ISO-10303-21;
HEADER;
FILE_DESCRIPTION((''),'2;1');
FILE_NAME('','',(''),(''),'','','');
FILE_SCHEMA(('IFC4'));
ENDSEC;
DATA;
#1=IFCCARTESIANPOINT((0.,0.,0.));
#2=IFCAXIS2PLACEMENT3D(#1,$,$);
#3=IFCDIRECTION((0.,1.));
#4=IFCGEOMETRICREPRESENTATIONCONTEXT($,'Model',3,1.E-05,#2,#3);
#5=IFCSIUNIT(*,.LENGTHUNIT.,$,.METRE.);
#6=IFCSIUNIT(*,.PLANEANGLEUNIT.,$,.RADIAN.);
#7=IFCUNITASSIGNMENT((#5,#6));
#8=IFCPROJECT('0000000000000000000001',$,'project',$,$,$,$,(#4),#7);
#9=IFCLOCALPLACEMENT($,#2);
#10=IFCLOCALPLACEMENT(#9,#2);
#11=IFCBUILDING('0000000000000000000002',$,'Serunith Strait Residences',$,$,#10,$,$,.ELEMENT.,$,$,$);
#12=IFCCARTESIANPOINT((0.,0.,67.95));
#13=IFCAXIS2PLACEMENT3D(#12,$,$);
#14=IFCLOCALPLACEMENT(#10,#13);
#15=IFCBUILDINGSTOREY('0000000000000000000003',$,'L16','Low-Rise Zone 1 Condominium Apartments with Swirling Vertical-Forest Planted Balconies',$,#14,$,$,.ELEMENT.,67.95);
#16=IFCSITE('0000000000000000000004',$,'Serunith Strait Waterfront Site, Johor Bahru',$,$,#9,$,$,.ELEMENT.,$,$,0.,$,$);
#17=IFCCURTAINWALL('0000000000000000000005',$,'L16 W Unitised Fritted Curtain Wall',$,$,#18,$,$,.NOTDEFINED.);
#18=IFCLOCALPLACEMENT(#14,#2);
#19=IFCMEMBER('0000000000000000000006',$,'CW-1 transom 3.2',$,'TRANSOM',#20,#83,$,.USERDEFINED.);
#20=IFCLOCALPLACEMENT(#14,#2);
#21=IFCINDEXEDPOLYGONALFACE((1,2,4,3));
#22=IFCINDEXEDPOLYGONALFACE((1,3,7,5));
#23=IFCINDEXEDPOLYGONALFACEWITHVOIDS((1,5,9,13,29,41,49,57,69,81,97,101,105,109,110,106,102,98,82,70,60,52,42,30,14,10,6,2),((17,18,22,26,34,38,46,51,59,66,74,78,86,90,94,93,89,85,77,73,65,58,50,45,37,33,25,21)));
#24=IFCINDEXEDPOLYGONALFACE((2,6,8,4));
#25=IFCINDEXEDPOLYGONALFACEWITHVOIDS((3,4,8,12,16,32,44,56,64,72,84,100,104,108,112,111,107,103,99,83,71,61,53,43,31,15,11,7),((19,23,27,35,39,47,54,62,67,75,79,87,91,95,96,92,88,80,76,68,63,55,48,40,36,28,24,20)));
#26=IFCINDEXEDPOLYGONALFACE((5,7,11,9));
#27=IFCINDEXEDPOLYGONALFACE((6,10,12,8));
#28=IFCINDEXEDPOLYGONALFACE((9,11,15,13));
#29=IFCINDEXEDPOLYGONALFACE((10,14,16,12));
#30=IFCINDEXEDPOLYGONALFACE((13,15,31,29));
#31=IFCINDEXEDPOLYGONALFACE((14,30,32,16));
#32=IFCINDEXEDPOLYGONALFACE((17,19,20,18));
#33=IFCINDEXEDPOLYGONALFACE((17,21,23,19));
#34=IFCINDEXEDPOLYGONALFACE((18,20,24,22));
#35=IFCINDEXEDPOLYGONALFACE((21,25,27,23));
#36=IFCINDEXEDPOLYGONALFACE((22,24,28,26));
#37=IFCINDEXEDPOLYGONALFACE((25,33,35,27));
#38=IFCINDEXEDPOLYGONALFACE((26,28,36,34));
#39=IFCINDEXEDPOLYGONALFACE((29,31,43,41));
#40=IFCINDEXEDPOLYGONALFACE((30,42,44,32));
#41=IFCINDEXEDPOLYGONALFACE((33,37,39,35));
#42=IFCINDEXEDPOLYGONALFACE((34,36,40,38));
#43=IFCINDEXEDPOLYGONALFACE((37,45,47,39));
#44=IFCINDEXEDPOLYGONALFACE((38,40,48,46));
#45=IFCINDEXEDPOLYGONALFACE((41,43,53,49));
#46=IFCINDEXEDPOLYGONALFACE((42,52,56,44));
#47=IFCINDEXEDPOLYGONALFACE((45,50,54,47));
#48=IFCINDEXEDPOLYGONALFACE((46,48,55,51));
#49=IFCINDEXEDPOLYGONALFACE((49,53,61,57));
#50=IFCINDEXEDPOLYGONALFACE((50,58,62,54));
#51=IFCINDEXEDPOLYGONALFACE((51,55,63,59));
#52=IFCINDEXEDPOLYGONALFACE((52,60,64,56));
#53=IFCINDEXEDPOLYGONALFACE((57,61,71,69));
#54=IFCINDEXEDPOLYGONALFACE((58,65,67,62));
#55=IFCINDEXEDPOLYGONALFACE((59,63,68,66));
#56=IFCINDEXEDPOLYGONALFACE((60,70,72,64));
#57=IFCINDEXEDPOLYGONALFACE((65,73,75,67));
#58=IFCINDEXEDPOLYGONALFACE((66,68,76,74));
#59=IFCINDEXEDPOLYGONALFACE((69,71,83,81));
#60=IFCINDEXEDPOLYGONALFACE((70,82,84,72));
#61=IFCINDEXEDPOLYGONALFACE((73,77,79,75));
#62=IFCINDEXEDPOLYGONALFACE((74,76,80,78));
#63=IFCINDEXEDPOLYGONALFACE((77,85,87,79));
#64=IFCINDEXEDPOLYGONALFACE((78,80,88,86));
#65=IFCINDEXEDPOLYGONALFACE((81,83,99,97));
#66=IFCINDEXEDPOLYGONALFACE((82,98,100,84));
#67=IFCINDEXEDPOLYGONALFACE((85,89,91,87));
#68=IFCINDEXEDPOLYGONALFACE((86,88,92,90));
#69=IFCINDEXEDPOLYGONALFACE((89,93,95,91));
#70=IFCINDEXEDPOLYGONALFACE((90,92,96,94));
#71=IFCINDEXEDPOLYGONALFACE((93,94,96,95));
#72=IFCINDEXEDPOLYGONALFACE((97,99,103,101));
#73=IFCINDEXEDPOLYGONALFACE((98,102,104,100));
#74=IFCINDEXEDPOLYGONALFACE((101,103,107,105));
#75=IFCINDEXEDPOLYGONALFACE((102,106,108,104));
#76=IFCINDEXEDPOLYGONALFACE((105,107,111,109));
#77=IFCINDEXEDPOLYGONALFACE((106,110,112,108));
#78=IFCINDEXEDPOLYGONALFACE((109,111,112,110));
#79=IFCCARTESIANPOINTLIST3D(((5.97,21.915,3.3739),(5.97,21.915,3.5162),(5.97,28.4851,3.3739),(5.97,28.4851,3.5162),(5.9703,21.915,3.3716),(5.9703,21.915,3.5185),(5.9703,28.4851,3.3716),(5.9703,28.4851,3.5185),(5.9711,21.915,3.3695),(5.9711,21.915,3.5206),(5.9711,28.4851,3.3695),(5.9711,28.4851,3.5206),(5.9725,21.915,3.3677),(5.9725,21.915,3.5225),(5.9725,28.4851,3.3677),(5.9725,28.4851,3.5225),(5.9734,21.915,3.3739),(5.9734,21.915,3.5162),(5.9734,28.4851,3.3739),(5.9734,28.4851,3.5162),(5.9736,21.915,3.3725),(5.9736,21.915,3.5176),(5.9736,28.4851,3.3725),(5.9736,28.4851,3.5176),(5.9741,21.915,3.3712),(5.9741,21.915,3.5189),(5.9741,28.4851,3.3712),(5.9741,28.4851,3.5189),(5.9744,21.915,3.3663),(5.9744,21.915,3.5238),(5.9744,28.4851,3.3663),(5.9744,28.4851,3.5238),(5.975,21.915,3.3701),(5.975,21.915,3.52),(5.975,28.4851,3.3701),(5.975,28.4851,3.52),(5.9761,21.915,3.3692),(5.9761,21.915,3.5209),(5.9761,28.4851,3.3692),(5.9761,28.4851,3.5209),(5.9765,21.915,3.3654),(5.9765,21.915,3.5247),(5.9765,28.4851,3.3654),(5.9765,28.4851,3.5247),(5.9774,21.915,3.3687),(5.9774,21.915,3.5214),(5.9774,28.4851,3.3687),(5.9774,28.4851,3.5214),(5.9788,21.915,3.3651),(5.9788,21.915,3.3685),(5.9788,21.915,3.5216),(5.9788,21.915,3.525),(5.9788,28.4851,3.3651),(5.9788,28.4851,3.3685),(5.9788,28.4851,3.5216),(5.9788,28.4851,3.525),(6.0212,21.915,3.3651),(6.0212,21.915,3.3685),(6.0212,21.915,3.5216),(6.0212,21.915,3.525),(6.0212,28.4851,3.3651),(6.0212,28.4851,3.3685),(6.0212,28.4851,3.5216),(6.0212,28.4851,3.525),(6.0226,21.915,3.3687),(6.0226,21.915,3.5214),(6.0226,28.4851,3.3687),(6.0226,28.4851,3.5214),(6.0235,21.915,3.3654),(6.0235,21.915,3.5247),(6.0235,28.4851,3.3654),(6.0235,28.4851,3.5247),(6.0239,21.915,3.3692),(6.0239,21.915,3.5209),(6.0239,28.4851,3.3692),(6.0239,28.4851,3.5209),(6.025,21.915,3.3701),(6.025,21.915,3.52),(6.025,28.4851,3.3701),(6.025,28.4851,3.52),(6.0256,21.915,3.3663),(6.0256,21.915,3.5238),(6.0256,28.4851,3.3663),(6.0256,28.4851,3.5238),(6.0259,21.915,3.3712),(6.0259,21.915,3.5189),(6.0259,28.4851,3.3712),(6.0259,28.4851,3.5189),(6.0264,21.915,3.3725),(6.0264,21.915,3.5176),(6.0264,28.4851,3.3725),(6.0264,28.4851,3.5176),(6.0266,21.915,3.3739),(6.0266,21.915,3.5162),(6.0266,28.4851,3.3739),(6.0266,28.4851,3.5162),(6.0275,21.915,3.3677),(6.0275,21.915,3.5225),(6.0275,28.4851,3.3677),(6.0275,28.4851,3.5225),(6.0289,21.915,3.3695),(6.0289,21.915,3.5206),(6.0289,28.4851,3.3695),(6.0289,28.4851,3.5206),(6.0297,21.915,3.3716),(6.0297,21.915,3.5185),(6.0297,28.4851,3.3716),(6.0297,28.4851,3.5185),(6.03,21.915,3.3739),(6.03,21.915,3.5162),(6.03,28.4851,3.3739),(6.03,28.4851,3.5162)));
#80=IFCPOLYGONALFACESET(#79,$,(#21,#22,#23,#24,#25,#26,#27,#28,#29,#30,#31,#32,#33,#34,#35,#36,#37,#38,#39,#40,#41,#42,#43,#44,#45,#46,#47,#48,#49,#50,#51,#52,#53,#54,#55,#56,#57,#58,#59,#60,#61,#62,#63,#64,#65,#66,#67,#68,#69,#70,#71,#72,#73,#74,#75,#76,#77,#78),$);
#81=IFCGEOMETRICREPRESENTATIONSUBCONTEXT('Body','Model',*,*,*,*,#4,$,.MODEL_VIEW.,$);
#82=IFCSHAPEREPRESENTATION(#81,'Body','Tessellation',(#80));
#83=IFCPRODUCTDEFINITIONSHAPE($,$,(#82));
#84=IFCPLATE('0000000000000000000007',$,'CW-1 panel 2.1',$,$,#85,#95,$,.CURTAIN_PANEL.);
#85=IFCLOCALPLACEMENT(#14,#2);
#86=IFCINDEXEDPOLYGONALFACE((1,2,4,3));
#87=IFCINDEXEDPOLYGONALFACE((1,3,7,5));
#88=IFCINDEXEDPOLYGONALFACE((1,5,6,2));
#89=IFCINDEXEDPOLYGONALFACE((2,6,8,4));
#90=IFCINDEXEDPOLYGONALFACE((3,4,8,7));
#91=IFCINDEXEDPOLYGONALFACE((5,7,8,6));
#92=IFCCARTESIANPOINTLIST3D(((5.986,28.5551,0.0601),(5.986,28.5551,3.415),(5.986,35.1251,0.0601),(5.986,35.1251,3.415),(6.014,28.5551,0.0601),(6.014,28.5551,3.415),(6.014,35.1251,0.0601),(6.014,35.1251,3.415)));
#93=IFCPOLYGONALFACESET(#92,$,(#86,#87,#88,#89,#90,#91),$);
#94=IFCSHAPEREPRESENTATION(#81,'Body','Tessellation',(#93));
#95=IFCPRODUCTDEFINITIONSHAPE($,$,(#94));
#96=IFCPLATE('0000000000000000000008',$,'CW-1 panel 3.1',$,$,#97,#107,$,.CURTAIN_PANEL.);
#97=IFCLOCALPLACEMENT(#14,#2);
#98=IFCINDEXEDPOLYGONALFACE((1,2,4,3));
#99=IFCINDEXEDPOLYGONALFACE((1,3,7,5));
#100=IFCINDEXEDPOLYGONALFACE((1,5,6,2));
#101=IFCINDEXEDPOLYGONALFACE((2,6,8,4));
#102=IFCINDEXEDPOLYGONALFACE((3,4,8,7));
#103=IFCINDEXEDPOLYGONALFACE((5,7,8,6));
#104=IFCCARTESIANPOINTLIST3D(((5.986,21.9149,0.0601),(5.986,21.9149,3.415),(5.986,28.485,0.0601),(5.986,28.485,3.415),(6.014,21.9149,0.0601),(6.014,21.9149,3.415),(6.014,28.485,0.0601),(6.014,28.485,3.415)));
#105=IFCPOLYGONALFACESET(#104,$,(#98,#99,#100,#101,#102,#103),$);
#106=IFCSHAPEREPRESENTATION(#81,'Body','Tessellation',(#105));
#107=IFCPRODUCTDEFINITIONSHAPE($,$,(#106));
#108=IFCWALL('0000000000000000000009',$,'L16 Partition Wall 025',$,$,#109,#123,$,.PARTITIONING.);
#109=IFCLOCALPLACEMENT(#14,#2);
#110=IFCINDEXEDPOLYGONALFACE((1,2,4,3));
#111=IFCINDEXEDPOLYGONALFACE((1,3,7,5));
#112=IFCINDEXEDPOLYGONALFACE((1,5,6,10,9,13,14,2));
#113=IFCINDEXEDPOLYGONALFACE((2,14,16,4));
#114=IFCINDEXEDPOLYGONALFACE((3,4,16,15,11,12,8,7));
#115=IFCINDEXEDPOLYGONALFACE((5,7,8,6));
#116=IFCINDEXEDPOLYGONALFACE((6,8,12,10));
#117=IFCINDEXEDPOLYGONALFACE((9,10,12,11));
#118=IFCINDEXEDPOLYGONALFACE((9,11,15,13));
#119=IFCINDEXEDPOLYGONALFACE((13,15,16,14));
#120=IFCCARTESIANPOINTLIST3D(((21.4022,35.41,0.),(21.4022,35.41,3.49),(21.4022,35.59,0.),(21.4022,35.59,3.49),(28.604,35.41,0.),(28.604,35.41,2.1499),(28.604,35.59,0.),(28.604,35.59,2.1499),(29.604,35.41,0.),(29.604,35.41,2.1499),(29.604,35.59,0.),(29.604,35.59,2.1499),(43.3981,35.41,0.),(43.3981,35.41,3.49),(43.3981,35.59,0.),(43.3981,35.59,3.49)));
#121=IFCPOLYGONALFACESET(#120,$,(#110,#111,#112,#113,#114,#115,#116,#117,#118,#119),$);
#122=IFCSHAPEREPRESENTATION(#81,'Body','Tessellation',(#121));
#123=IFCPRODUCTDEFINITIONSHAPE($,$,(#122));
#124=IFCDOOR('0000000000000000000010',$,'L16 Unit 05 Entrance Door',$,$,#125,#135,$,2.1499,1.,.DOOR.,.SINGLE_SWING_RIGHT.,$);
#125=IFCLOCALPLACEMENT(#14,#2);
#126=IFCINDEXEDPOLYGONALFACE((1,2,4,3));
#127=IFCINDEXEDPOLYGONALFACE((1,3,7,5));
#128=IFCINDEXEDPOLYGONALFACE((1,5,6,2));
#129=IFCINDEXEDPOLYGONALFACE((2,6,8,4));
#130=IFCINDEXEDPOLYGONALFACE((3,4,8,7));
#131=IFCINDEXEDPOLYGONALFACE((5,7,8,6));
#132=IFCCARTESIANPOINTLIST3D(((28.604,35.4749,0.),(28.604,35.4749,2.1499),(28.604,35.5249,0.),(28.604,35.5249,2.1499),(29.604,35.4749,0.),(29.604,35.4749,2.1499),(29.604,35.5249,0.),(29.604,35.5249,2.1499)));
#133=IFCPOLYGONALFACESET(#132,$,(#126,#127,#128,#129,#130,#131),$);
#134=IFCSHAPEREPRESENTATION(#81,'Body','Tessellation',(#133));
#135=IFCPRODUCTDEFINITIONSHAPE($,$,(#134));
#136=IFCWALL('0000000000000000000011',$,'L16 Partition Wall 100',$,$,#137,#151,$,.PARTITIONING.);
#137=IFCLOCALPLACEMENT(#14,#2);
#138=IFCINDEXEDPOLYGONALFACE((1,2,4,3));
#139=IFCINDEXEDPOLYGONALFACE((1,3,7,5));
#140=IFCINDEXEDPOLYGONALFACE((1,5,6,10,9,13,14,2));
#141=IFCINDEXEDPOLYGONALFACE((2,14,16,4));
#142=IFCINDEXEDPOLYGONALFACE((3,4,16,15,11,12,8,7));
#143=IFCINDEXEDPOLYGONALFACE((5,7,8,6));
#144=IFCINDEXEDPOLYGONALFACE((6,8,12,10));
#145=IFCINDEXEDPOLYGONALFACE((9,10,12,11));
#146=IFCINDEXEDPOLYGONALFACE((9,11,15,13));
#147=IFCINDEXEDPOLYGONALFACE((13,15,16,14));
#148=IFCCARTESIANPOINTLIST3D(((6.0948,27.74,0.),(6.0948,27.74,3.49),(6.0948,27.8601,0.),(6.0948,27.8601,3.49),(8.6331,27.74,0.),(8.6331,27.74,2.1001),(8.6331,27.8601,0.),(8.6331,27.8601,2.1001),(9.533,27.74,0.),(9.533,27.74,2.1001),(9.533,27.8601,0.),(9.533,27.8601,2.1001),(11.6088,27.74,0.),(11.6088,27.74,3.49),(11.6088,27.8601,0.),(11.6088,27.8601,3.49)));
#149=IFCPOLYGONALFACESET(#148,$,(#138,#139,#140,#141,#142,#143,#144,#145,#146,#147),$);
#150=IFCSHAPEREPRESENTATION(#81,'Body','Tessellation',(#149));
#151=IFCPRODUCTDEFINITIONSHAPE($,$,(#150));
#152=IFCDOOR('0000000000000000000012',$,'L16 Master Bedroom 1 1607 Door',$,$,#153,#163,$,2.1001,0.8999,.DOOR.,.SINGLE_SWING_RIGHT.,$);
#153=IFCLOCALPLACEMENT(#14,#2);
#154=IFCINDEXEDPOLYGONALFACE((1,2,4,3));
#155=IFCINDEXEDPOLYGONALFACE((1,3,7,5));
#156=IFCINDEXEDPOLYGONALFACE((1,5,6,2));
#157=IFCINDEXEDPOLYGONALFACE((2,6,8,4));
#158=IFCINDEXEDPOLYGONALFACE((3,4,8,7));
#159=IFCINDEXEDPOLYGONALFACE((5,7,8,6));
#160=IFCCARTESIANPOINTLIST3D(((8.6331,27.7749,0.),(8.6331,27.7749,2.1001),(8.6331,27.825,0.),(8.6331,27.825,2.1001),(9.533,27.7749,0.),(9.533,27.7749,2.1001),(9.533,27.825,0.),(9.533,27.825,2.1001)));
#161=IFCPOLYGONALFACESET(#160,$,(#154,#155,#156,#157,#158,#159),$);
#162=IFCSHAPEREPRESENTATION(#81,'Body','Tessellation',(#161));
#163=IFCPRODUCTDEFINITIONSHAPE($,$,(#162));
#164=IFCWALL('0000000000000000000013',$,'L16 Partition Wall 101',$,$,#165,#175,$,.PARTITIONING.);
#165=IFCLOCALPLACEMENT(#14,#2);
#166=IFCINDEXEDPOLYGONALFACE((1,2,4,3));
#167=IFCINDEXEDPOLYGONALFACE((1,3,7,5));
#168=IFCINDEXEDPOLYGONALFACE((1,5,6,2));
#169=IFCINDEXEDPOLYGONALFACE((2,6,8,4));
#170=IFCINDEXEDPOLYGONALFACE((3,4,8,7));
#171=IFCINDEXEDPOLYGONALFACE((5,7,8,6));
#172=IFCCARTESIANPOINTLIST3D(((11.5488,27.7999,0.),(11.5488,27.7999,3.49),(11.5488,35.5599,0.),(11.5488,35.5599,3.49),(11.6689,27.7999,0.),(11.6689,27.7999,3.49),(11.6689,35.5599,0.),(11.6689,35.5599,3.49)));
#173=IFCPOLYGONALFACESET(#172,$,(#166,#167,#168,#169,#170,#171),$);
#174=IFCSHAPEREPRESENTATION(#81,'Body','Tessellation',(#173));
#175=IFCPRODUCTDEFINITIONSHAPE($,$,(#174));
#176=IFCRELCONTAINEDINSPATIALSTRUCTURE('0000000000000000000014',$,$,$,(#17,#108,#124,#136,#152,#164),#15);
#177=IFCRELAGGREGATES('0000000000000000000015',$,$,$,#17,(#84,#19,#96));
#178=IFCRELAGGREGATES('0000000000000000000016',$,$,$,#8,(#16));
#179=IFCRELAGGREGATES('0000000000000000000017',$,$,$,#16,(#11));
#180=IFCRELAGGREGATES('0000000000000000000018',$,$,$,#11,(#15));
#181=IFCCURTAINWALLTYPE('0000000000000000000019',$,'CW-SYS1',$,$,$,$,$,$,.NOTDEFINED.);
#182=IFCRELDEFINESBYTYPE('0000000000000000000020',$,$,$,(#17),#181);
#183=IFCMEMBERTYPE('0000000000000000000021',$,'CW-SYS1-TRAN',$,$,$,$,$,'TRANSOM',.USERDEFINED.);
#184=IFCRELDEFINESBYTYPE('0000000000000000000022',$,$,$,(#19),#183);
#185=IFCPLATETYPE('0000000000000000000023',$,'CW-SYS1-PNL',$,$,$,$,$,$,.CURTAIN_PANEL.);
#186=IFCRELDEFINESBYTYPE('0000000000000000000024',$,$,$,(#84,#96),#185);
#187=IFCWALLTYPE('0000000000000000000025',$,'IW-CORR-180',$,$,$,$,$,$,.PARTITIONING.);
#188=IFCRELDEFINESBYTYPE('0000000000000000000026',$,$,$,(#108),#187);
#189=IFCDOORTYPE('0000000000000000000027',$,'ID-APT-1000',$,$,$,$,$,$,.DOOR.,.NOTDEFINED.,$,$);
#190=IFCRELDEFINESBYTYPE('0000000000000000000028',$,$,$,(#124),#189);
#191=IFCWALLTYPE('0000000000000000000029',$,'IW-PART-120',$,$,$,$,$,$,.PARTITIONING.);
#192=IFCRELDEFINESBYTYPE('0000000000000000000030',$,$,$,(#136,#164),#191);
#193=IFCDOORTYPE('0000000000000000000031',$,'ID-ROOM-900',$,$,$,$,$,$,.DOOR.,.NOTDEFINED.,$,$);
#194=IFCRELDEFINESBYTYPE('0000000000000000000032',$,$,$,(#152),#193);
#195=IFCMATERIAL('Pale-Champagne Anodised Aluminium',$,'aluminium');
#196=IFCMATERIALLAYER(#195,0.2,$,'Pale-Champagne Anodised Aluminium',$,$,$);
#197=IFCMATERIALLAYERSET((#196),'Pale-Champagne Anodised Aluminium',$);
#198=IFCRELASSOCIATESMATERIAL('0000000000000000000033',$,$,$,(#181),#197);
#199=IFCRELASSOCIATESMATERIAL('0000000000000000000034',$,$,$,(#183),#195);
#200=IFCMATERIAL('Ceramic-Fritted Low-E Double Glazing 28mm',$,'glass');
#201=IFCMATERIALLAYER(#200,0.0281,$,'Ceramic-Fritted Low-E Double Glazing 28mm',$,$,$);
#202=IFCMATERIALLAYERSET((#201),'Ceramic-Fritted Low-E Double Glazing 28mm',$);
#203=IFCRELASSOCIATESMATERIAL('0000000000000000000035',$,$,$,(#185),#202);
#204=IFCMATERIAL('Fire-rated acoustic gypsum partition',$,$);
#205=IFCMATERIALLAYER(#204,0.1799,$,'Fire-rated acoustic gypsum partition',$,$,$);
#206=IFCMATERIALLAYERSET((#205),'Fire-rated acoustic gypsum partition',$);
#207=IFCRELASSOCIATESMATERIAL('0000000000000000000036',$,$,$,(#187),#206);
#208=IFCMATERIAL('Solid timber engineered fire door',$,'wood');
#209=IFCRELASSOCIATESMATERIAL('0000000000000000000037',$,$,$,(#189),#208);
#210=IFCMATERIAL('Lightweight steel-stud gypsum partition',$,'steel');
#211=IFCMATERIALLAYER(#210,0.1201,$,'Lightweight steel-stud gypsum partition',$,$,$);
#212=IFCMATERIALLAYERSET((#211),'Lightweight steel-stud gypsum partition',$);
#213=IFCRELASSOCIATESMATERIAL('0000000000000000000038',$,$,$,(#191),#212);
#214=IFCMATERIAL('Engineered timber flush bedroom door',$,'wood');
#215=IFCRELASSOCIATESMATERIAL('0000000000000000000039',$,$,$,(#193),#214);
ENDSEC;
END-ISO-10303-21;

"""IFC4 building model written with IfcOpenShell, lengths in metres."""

from ifc_helpers import new_model, si_unit, direction, frame, frame_2d, origin, origin_2d, place, context, subcontext, project, spatial, rectangle, hollow_rectangle, extrude, source, transform, mapped, material, layer, layer_set, material_profile, profile_set, type_object, element, fill, aggregate, save


model = new_model("IFC4")

# Units and contexts
model_context = context("Model", 3, precision=1e-05, world=origin(), true_north=direction((0.0, 1.0)))
body_context = subcontext(model_context, "Body", "Model", "MODEL_VIEW")
ifc_project = project(units=[si_unit("LENGTHUNIT", "METRE"), si_unit("PLANEANGLEUNIT", "RADIAN")], contexts=[model_context])

# Site, building, storey
site_placement = place(None, origin())
site = spatial("IfcSite", under=ifc_project, at=site_placement, Name="Serunith Strait Waterfront Site, Johor Bahru", CompositionType="ELEMENT", RefElevation=0.0)
building_placement = place(site_placement, origin())
building = spatial("IfcBuilding", under=site, at=building_placement, Name="Serunith Strait Residences", CompositionType="ELEMENT")
storey_placement = place(building_placement, frame((0.0, 0.0, 67.95)))
storey = spatial("IfcBuildingStorey", under=building, at=storey_placement, Name="L16", Description="Low-Rise Zone 1 Condominium Apartments with Swirling Vertical-Forest Planted Balconies", CompositionType="ELEMENT", Elevation=67.95)

# Curtain wall, member, plates
ifc_material_1 = material(Name="Pale-Champagne Anodised Aluminium", Category="aluminium")
ifc_layer_1 = layer(ifc_material_1, 0.2, Name="Pale-Champagne Anodised Aluminium")
ifc_layer_set_1 = layer_set([ifc_layer_1], Name="Pale-Champagne Anodised Aluminium")
curtain_wall_type = type_object("IfcCurtainWallType", Name="CW-SYS1", PredefinedType="NOTDEFINED", material=ifc_layer_set_1)
curtain_wall_placement = place(storey_placement, origin())
curtain_wall = element("IfcCurtainWall", 1, at=curtain_wall_placement, inside=storey, type_object=curtain_wall_type, Name="L16 W Unitised Fritted Curtain Wall", PredefinedType="NOTDEFINED")
ifc_material_profile_1 = material_profile(ifc_material_1, hollow_rectangle(XDim=0.0601, YDim=0.1599, WallThickness=0.0034, InnerFilletRadius=0.0054, OuterFilletRadius=0.0088, at=origin_2d()), Name="ALU 160x60x3.5")
ifc_profile_set_1 = profile_set([ifc_material_profile_1], Name="Pale-Champagne Anodised Aluminium")
member_type_1 = type_object("IfcMemberType", Name="CW-SYS1-TRAN", ElementType="TRANSOM", PredefinedType="USERDEFINED", material=ifc_profile_set_1)
shared_shape_1 = source(origin(), body_context, "Body", "SweptSolid", [
    extrude(hollow_rectangle(XDim=0.0601, YDim=0.1599, WallThickness=0.0034, InnerFilletRadius=0.0054, OuterFilletRadius=0.0088, at=origin_2d()), origin(), (0.0, 0.0, 1.0), 6.5701),
])
member_1_placement = place(storey_placement, frame((6.0, 28.4851, 3.4451), z_axis=(0.0, -1.0, 0.0), x_axis=(1.0, 0.0, 0.0)))
member_1 = element("IfcMember", 2, at=member_1_placement, type_object=member_type_1, Name="CW-1 transom 3.2", ObjectType="TRANSOM", PredefinedType="USERDEFINED", context=body_context, shape_type="MappedRepresentation", body=[
    mapped(shared_shape_1, transform((0.0, 0.0, 0.0), scale=1.0)),
])
ifc_material_2 = material(Name="Ceramic-Fritted Low-E Double Glazing 28mm", Category="glass")
ifc_layer_2 = layer(ifc_material_2, 0.0281, Name="Ceramic-Fritted Low-E Double Glazing 28mm")
ifc_layer_set_2 = layer_set([ifc_layer_2], Name="Ceramic-Fritted Low-E Double Glazing 28mm")
plate_type = type_object("IfcPlateType", Name="CW-SYS1-PNL", PredefinedType="CURTAIN_PANEL", material=ifc_layer_set_2)
shared_shape_2 = source(origin(), body_context, "Body", "SweptSolid", [
    extrude(rectangle(XDim=6.5701, YDim=0.0281, at=origin_2d()), origin(), (0.0, 0.0, 1.0), 3.355),
])
plate_1_placement = place(storey_placement, frame((6.0, 31.8401, 0.0601), z_axis=(0.0, 0.0, 1.0), x_axis=(0.0, -1.0, 0.0)))
plate_1 = element("IfcPlate", 3, at=plate_1_placement, type_object=plate_type, Name="CW-1 panel 2.1", PredefinedType="CURTAIN_PANEL", context=body_context, shape_type="MappedRepresentation", body=[
    mapped(shared_shape_2, transform((0.0, 0.0, 0.0), scale=1.0)),
])
plate_2_placement = place(storey_placement, frame((6.0, 25.2, 0.0601), z_axis=(0.0, 0.0, 1.0), x_axis=(0.0, -1.0, 0.0)))
plate_2 = element("IfcPlate", 4, at=plate_2_placement, type_object=plate_type, Name="CW-1 panel 3.1", PredefinedType="CURTAIN_PANEL", context=body_context, shape_type="MappedRepresentation", body=[
    mapped(shared_shape_2, transform((0.0, 0.0, 0.0), scale=1.0)),
])
aggregate(curtain_wall, [plate_1, member_1, plate_2])

# Walls, openings, doors
ifc_material_3 = material(Name="Fire-rated acoustic gypsum partition")
ifc_layer_3 = layer(ifc_material_3, 0.1799, Name="Fire-rated acoustic gypsum partition")
ifc_layer_set_3 = layer_set([ifc_layer_3], Name="Fire-rated acoustic gypsum partition")
wall_type_1 = type_object("IfcWallType", Name="IW-CORR-180", PredefinedType="PARTITIONING", material=ifc_layer_set_3)
wall_1_placement = place(storey_placement, frame((21.4021, 35.5, 0.0), z_axis=(0.0, 0.0, 1.0), x_axis=(1.0, 0.0, 0.0)))
wall_1 = element("IfcWall", 5, at=wall_1_placement, inside=storey, type_object=wall_type_1, Name="L16 Partition Wall 025", PredefinedType="PARTITIONING", context=body_context, shape_type="SweptSolid", body=[
    extrude(rectangle(XDim=21.9958, YDim=0.1799, at=frame_2d((10.998, 0.0))), origin(), (0.0, 0.0, 1.0), 3.49),
])
opening_1_placement = place(wall_1_placement, frame((7.2019, 0.0, 0.0)))
opening_1 = element("IfcOpeningElement", 6, at=opening_1_placement, cuts=wall_1, PredefinedType="OPENING", context=body_context, shape_type="SweptSolid", body=[
    extrude(rectangle(XDim=1.0, YDim=2.1499, at=frame_2d((0.5, 1.075))), frame((0.0, 0.1001, 0.0), z_axis=(0.0, -1.0, 0.0), x_axis=(1.0, 0.0, 0.0)), (0.0, 0.0, 1.0), 0.2),
])
ifc_material_4 = material(Name="Solid timber engineered fire door", Category="wood")
door_type_1 = type_object("IfcDoorType", Name="ID-APT-1000", OperationType="NOTDEFINED", PredefinedType="DOOR", material=ifc_material_4)
shared_shape_3 = source(origin(), body_context, "Body", "SweptSolid", [
    extrude(rectangle(XDim=1.0, YDim=2.1499, at=frame_2d((0.5, 1.075))), frame((0.0, 0.0249, 0.0), z_axis=(0.0, -1.0, 0.0), x_axis=(1.0, 0.0, 0.0)), (0.0, 0.0, 1.0), 0.05),
])
door_1_placement = place(opening_1_placement, origin())
door_1 = element("IfcDoor", 7, at=door_1_placement, inside=storey, type_object=door_type_1, Name="L16 Unit 05 Entrance Door", OperationType="SINGLE_SWING_RIGHT", OverallHeight=2.1499, OverallWidth=1.0, PredefinedType="DOOR", context=body_context, shape_type="MappedRepresentation", body=[
    mapped(shared_shape_3, transform((0.0, 0.0, 0.0), scale=1.0)),
])
fill(opening_1, door_1)
ifc_material_5 = material(Name="Lightweight steel-stud gypsum partition", Category="steel")
ifc_layer_4 = layer(ifc_material_5, 0.1201, Name="Lightweight steel-stud gypsum partition")
ifc_layer_set_4 = layer_set([ifc_layer_4], Name="Lightweight steel-stud gypsum partition")
wall_type_2 = type_object("IfcWallType", Name="IW-PART-120", PredefinedType="PARTITIONING", material=ifc_layer_set_4)
wall_2_placement = place(storey_placement, frame((6.095, 27.8, 0.0), z_axis=(0.0, 0.0, 1.0), x_axis=(1.0, 0.0, 0.0)))
wall_2 = element("IfcWall", 8, at=wall_2_placement, inside=storey, type_object=wall_type_2, Name="L16 Partition Wall 100", PredefinedType="PARTITIONING", context=body_context, shape_type="SweptSolid", body=[
    extrude(rectangle(XDim=5.5139, YDim=0.1201, at=frame_2d((2.7568, 0.0))), origin(), (0.0, 0.0, 1.0), 3.49),
])
opening_2_placement = place(wall_2_placement, frame((2.5381, 0.0, 0.0)))
opening_2 = element("IfcOpeningElement", 9, at=opening_2_placement, cuts=wall_2, PredefinedType="OPENING", context=body_context, shape_type="SweptSolid", body=[
    extrude(rectangle(XDim=0.8999, YDim=2.1001, at=frame_2d((0.45, 1.05))), frame((0.0, 0.0701, 0.0), z_axis=(0.0, -1.0, 0.0), x_axis=(1.0, 0.0, 0.0)), (0.0, 0.0, 1.0), 0.1401),
])
ifc_material_6 = material(Name="Engineered timber flush bedroom door", Category="wood")
door_type_2 = type_object("IfcDoorType", Name="ID-ROOM-900", OperationType="NOTDEFINED", PredefinedType="DOOR", material=ifc_material_6)
shared_shape_4 = source(origin(), body_context, "Body", "SweptSolid", [
    extrude(rectangle(XDim=0.8999, YDim=2.1001, at=frame_2d((0.45, 1.05))), frame((0.0, 0.0249, 0.0), z_axis=(0.0, -1.0, 0.0), x_axis=(1.0, 0.0, 0.0)), (0.0, 0.0, 1.0), 0.05),
])
door_2_placement = place(opening_2_placement, origin())
door_2 = element("IfcDoor", 10, at=door_2_placement, inside=storey, type_object=door_type_2, Name="L16 Master Bedroom 1 1607 Door", OperationType="SINGLE_SWING_RIGHT", OverallHeight=2.1001, OverallWidth=0.8999, PredefinedType="DOOR", context=body_context, shape_type="MappedRepresentation", body=[
    mapped(shared_shape_4, transform((0.0, 0.0, 0.0), scale=1.0)),
])
fill(opening_2, door_2)

# Wall
for number, where, z_axis, x_axis, name in (
    (11, (11.6089, 27.8, 0.0), (0.0, 0.0, 1.0), (0.0, 1.0, 0.0), "L16 Partition Wall 101"),
):
    element("IfcWall", number, at=place(storey_placement, frame(where, z_axis=z_axis, x_axis=x_axis)), inside=storey, type_object=wall_type_2, Name=name, PredefinedType="PARTITIONING", context=body_context, shape_type="SweptSolid", body=[
        extrude(rectangle(XDim=7.76, YDim=0.1201, at=frame_2d((3.8799, 0.0))), origin(), (0.0, 0.0, 1.0), 3.49),
    ])

save(model, "model.ifc")
